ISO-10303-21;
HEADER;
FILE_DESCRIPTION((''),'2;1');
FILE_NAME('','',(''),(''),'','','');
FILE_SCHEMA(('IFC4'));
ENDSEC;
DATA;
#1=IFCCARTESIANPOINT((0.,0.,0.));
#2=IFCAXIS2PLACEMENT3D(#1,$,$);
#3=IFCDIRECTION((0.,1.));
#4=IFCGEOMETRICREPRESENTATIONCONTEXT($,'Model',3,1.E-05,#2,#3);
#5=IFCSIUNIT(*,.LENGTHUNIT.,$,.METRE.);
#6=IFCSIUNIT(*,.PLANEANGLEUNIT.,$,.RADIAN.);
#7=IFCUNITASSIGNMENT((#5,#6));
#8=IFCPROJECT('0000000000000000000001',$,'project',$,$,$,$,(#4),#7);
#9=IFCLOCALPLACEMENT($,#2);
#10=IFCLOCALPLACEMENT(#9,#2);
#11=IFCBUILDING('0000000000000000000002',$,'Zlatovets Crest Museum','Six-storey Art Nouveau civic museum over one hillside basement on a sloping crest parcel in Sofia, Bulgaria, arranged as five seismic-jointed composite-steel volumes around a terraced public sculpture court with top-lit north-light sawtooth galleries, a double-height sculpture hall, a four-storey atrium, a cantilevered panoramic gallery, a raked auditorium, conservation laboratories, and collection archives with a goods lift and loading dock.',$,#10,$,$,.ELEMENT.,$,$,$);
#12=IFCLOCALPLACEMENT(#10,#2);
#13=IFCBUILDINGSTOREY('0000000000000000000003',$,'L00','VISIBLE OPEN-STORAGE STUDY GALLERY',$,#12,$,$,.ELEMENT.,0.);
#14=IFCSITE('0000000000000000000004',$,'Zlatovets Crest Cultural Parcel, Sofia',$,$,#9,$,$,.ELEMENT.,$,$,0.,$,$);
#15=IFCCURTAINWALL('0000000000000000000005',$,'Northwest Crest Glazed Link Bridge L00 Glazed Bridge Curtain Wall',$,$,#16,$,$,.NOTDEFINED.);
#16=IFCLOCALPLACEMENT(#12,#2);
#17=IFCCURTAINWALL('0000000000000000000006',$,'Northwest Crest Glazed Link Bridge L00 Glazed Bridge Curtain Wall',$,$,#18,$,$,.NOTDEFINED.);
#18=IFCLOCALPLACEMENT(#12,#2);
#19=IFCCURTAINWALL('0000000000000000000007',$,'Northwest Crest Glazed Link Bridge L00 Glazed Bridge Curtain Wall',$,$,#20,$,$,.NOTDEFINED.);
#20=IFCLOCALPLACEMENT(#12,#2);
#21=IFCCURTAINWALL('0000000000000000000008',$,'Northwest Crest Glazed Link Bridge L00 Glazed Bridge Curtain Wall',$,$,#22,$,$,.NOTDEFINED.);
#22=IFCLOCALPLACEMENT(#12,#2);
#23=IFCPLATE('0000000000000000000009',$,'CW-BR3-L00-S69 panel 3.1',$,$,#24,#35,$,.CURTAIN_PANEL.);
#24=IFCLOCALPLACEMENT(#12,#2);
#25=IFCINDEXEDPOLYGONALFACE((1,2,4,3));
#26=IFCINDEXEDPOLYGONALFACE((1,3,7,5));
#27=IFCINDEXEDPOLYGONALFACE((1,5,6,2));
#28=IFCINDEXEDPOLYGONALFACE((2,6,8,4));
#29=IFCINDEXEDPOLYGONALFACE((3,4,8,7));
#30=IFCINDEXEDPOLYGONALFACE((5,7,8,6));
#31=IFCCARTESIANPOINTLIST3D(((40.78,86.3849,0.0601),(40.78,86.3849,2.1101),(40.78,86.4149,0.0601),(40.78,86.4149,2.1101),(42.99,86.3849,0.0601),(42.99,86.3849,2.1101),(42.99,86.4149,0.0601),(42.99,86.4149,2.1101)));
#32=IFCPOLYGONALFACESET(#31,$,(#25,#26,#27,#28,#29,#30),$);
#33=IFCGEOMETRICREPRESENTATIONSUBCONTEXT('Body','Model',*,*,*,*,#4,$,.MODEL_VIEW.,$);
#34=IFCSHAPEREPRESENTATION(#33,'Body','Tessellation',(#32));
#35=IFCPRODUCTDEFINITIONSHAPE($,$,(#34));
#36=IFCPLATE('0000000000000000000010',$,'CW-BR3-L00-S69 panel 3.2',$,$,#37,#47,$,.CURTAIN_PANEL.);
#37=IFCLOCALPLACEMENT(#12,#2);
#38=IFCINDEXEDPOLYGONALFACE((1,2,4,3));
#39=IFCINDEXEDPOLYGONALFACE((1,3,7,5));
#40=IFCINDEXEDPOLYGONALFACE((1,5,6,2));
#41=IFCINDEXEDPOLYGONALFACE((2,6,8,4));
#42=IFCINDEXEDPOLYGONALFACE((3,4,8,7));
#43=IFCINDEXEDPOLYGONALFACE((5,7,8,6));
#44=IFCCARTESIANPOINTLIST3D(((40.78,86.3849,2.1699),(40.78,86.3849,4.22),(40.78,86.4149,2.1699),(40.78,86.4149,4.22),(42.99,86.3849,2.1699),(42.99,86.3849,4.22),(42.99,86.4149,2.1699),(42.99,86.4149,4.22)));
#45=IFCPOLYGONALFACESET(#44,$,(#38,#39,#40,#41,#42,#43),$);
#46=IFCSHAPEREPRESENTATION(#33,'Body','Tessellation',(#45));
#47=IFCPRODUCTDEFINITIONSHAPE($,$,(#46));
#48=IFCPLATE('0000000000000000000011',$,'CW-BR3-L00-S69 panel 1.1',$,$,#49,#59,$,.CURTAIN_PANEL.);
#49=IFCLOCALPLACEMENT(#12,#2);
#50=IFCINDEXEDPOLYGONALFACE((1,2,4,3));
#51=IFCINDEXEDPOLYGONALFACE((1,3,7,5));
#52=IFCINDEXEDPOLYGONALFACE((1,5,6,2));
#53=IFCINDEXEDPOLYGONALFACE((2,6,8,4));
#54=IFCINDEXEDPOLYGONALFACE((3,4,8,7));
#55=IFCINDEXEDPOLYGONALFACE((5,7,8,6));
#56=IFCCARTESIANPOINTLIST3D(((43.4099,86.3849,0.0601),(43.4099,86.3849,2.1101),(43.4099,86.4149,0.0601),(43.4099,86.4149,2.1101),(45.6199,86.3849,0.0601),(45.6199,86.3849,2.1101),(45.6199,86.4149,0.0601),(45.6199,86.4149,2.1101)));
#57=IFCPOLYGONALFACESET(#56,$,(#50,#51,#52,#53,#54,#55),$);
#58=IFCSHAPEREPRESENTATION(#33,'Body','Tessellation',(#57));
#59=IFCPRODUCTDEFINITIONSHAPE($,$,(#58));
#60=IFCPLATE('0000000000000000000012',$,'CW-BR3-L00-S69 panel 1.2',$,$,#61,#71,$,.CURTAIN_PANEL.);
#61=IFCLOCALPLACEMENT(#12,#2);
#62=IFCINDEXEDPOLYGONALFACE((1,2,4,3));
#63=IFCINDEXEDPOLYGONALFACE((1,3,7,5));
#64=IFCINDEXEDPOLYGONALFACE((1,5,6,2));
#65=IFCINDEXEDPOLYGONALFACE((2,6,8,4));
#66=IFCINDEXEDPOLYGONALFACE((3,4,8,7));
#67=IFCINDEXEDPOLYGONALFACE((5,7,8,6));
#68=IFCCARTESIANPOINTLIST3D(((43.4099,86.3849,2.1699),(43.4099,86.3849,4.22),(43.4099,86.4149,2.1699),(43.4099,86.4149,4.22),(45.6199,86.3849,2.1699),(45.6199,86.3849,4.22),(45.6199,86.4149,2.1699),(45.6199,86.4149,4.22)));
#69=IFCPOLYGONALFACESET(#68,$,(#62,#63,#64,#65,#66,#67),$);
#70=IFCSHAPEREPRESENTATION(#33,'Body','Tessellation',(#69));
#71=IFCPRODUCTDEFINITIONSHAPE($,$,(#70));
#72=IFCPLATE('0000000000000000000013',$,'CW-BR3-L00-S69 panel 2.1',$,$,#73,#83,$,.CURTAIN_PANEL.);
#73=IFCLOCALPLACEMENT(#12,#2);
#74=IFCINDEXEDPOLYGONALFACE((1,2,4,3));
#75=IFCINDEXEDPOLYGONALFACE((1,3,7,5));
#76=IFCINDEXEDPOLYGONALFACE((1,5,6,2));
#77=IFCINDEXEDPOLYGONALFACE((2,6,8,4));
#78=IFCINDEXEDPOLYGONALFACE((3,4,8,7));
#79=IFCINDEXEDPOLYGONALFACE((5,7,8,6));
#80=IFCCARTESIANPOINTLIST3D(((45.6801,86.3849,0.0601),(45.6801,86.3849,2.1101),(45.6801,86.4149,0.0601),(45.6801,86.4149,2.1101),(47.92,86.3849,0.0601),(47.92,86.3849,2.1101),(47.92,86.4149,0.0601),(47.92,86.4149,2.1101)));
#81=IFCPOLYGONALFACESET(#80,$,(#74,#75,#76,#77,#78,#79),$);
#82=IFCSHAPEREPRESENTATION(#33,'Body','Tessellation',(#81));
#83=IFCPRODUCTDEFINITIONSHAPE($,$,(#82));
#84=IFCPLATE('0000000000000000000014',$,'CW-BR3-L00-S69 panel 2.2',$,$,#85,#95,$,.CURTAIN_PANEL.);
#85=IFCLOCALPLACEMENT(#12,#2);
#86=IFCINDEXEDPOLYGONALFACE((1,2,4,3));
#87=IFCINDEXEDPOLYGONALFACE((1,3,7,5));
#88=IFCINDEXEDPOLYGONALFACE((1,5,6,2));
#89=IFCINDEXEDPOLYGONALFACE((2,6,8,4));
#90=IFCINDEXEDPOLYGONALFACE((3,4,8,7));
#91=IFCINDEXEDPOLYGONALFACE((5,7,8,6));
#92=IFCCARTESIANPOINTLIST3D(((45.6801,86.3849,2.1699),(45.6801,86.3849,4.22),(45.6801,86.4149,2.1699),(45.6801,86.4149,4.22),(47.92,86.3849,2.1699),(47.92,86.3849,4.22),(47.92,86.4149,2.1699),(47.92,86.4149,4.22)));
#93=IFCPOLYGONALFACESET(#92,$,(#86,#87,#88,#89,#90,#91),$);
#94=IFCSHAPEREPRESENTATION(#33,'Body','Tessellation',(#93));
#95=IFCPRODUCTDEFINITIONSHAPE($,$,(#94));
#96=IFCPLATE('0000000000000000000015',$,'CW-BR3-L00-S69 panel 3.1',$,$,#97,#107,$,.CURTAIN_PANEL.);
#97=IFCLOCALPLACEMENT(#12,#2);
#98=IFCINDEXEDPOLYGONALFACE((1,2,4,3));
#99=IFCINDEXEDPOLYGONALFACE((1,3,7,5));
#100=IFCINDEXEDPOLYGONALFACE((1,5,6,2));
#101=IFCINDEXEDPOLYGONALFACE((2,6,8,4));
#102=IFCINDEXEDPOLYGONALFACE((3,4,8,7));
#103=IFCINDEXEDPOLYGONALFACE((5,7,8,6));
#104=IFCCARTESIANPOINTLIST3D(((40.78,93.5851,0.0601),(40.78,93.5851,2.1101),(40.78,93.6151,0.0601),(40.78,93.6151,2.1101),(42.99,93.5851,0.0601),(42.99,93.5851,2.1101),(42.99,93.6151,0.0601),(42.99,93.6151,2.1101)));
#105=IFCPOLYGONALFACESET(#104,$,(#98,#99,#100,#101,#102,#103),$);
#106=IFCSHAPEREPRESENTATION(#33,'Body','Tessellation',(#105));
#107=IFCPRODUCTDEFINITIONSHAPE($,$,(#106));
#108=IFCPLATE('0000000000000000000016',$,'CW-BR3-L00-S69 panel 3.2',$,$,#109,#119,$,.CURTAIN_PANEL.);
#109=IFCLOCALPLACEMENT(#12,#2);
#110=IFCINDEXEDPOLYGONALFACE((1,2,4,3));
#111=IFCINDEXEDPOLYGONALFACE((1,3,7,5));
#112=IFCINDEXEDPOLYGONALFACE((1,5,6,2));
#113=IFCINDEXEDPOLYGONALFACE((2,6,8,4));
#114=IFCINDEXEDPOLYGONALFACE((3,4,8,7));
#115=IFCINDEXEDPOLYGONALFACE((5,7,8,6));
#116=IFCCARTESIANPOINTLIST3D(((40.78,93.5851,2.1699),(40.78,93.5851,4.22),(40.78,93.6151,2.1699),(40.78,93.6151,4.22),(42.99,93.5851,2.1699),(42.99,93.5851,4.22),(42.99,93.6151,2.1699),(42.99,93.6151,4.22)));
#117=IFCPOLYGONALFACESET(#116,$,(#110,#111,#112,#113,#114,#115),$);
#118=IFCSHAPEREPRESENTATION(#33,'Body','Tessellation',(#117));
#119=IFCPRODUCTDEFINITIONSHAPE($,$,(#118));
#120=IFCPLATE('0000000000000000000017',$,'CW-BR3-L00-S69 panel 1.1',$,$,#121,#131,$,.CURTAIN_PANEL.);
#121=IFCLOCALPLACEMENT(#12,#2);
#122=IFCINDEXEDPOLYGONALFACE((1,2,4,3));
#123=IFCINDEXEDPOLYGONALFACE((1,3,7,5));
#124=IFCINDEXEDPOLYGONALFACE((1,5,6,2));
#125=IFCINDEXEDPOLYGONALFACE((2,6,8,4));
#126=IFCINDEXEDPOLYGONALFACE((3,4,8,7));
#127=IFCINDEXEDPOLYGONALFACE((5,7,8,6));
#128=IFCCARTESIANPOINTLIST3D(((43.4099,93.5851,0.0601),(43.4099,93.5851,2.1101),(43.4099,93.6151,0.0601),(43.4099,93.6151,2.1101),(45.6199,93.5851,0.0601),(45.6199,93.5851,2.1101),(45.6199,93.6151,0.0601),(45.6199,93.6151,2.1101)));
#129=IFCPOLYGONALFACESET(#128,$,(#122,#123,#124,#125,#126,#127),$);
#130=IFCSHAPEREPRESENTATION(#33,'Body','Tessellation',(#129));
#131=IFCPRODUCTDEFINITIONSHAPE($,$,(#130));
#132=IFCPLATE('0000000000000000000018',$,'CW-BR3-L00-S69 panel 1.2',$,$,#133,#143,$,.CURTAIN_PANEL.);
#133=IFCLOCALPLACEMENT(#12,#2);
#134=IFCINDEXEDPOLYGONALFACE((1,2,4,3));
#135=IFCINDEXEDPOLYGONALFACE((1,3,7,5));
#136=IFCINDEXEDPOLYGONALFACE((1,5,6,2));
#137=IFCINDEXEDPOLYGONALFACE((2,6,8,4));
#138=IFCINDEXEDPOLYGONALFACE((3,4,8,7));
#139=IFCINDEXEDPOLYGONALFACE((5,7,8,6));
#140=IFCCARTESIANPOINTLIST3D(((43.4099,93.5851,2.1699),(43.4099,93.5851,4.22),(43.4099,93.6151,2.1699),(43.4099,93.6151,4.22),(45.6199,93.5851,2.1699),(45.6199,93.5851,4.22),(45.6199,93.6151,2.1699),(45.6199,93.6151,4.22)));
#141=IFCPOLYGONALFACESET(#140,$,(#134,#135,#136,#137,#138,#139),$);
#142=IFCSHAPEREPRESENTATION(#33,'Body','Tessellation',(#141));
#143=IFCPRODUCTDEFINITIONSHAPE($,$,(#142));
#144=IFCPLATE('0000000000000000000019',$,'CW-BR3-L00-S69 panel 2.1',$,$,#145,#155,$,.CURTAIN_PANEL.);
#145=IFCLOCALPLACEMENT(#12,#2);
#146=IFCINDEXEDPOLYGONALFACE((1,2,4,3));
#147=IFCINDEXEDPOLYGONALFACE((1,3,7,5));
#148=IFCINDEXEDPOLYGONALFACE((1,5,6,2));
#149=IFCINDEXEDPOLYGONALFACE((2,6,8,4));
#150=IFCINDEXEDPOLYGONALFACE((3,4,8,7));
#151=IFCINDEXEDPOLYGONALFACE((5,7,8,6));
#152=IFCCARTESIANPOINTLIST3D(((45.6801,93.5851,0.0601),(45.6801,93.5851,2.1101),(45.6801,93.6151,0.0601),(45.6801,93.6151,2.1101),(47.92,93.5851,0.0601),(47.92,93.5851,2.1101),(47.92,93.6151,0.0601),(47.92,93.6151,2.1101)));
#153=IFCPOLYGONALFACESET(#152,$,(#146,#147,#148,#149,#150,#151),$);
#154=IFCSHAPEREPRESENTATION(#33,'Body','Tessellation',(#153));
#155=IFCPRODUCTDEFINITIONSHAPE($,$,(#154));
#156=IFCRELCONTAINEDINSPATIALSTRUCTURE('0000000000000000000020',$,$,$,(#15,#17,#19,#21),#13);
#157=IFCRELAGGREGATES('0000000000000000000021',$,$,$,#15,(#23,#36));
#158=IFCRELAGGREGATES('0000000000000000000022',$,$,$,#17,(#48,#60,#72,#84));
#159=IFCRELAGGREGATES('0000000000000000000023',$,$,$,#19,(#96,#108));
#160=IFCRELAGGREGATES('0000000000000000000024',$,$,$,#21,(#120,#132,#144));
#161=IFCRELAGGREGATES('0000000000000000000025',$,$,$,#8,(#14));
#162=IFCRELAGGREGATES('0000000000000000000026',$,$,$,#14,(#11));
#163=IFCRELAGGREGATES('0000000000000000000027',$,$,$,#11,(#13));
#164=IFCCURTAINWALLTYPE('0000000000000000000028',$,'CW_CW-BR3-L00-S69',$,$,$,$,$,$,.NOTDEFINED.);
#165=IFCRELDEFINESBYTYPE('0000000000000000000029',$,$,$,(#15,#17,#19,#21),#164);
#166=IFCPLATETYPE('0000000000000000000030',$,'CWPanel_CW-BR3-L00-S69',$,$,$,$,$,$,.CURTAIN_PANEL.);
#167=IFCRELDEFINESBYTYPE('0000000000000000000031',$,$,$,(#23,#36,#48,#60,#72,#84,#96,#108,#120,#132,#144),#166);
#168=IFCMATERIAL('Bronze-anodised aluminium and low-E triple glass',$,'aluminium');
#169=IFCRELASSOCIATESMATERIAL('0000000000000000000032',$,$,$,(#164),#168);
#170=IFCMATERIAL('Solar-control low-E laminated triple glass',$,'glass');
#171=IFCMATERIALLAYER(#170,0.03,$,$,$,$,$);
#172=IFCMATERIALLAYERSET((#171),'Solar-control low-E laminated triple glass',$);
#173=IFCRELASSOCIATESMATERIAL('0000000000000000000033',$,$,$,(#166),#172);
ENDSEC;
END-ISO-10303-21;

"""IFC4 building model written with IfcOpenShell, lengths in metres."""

from ifc_helpers import new_model, si_unit, direction, frame, origin, origin_2d, place, context, subcontext, project, spatial, rectangle, extrude, material, layer, layer_set, type_object, element, aggregate, save


model = new_model("IFC4")

# Units and contexts
model_context = context("Model", 3, precision=1e-05, world=origin(), true_north=direction((0.0, 1.0)))
body_context = subcontext(model_context, "Body", "Model", "MODEL_VIEW")
ifc_project = project(units=[si_unit("LENGTHUNIT", "METRE"), si_unit("PLANEANGLEUNIT", "RADIAN")], contexts=[model_context])

# Site, building, storey
site_placement = place(None, origin())
site = spatial("IfcSite", under=ifc_project, at=site_placement, Name="Zlatovets Crest Cultural Parcel, Sofia", CompositionType="ELEMENT", RefElevation=0.0)
building_placement = place(site_placement, origin())
building = spatial("IfcBuilding", under=site, at=building_placement, Name="Zlatovets Crest Museum", Description="Six-storey Art Nouveau civic museum over one hillside basement on a sloping crest parcel in Sofia, Bulgaria, arranged as five seismic-jointed composite-steel volumes around a terraced public sculpture court with top-lit north-light sawtooth galleries, a double-height sculpture hall, a four-storey atrium, a cantilevered panoramic gallery, a raked auditorium, conservation laboratories, and collection archives with a goods lift and loading dock.", CompositionType="ELEMENT")
storey_placement = place(building_placement, origin())
storey = spatial("IfcBuildingStorey", under=building, at=storey_placement, Name="L00", Description="VISIBLE OPEN-STORAGE STUDY GALLERY", CompositionType="ELEMENT", Elevation=0.0)

# Curtain wall
ifc_material_1 = material(Name="Bronze-anodised aluminium and low-E triple glass", Category="aluminium")
curtain_wall_type = type_object("IfcCurtainWallType", Name="CW_CW-BR3-L00-S69", PredefinedType="NOTDEFINED", material=ifc_material_1)
curtain_wall_1_placement = place(storey_placement, origin())
curtain_wall_1 = element("IfcCurtainWall", 1, at=curtain_wall_1_placement, inside=storey, type_object=curtain_wall_type, Name="Northwest Crest Glazed Link Bridge L00 Glazed Bridge Curtain Wall", PredefinedType="NOTDEFINED")

# Curtain wall
curtain_wall_2_placement = place(storey_placement, origin())
curtain_wall_2 = element("IfcCurtainWall", 2, at=curtain_wall_2_placement, inside=storey, type_object=curtain_wall_type, Name="Northwest Crest Glazed Link Bridge L00 Glazed Bridge Curtain Wall", PredefinedType="NOTDEFINED")

# Curtain wall
curtain_wall_3_placement = place(storey_placement, origin())
curtain_wall_3 = element("IfcCurtainWall", 3, at=curtain_wall_3_placement, inside=storey, type_object=curtain_wall_type, Name="Northwest Crest Glazed Link Bridge L00 Glazed Bridge Curtain Wall", PredefinedType="NOTDEFINED")

# Curtain wall
curtain_wall_4_placement = place(storey_placement, origin())
curtain_wall_4 = element("IfcCurtainWall", 4, at=curtain_wall_4_placement, inside=storey, type_object=curtain_wall_type, Name="Northwest Crest Glazed Link Bridge L00 Glazed Bridge Curtain Wall", PredefinedType="NOTDEFINED")

# Plates
ifc_material_2 = material(Name="Solar-control low-E laminated triple glass", Category="glass")
ifc_layer = layer(ifc_material_2, 0.03)
ifc_layer_set = layer_set([ifc_layer], Name="Solar-control low-E laminated triple glass")
plate_type = type_object("IfcPlateType", Name="CWPanel_CW-BR3-L00-S69", PredefinedType="CURTAIN_PANEL", material=ifc_layer_set)
plate_1_placement = place(storey_placement, frame((41.885, 86.3999, 0.0601), z_axis=(0.0, 0.0, 1.0), x_axis=(1.0, 0.0, 0.0)))
plate_1 = element("IfcPlate", 5, at=plate_1_placement, type_object=plate_type, Name="CW-BR3-L00-S69 panel 3.1", PredefinedType="CURTAIN_PANEL", context=body_context, shape_type="SweptSolid", body=[
    extrude(rectangle(XDim=2.21, YDim=0.03, at=origin_2d()), origin(), (0.0, 0.0, 1.0), 2.05),
])
plate_2_placement = place(storey_placement, frame((41.885, 86.3999, 2.1699), z_axis=(0.0, 0.0, 1.0), x_axis=(1.0, 0.0, 0.0)))
plate_2 = element("IfcPlate", 6, at=plate_2_placement, type_object=plate_type, Name="CW-BR3-L00-S69 panel 3.2", PredefinedType="CURTAIN_PANEL", context=body_context, shape_type="SweptSolid", body=[
    extrude(rectangle(XDim=2.21, YDim=0.03, at=origin_2d()), origin(), (0.0, 0.0, 1.0), 2.05),
])
aggregate(curtain_wall_1, [plate_1, plate_2])
plate_3_placement = place(storey_placement, frame((44.5149, 86.3999, 0.0601), z_axis=(0.0, 0.0, 1.0), x_axis=(1.0, 0.0, 0.0)))
plate_3 = element("IfcPlate", 7, at=plate_3_placement, type_object=plate_type, Name="CW-BR3-L00-S69 panel 1.1", PredefinedType="CURTAIN_PANEL", context=body_context, shape_type="SweptSolid", body=[
    extrude(rectangle(XDim=2.21, YDim=0.03, at=origin_2d()), origin(), (0.0, 0.0, 1.0), 2.05),
])
plate_4_placement = place(storey_placement, frame((44.5149, 86.3999, 2.1699), z_axis=(0.0, 0.0, 1.0), x_axis=(1.0, 0.0, 0.0)))
plate_4 = element("IfcPlate", 8, at=plate_4_placement, type_object=plate_type, Name="CW-BR3-L00-S69 panel 1.2", PredefinedType="CURTAIN_PANEL", context=body_context, shape_type="SweptSolid", body=[
    extrude(rectangle(XDim=2.21, YDim=0.03, at=origin_2d()), origin(), (0.0, 0.0, 1.0), 2.05),
])
plate_5_placement = place(storey_placement, frame((46.8, 86.3999, 0.0601), z_axis=(0.0, 0.0, 1.0), x_axis=(1.0, 0.0, 0.0)))
plate_5 = element("IfcPlate", 9, at=plate_5_placement, type_object=plate_type, Name="CW-BR3-L00-S69 panel 2.1", PredefinedType="CURTAIN_PANEL", context=body_context, shape_type="SweptSolid", body=[
    extrude(rectangle(XDim=2.24, YDim=0.03, at=origin_2d()), origin(), (0.0, 0.0, 1.0), 2.05),
])
plate_6_placement = place(storey_placement, frame((46.8, 86.3999, 2.1699), z_axis=(0.0, 0.0, 1.0), x_axis=(1.0, 0.0, 0.0)))
plate_6 = element("IfcPlate", 10, at=plate_6_placement, type_object=plate_type, Name="CW-BR3-L00-S69 panel 2.2", PredefinedType="CURTAIN_PANEL", context=body_context, shape_type="SweptSolid", body=[
    extrude(rectangle(XDim=2.24, YDim=0.03, at=origin_2d()), origin(), (0.0, 0.0, 1.0), 2.05),
])
aggregate(curtain_wall_2, [plate_3, plate_4, plate_5, plate_6])
plate_7_placement = place(storey_placement, frame((41.885, 93.6001, 0.0601), z_axis=(0.0, 0.0, 1.0), x_axis=(1.0, 0.0, 0.0)))
plate_7 = element("IfcPlate", 11, at=plate_7_placement, type_object=plate_type, Name="CW-BR3-L00-S69 panel 3.1", PredefinedType="CURTAIN_PANEL", context=body_context, shape_type="SweptSolid", body=[
    extrude(rectangle(XDim=2.21, YDim=0.03, at=origin_2d()), origin(), (0.0, 0.0, 1.0), 2.05),
])
plate_8_placement = place(storey_placement, frame((41.885, 93.6001, 2.1699), z_axis=(0.0, 0.0, 1.0), x_axis=(1.0, 0.0, 0.0)))
plate_8 = element("IfcPlate", 12, at=plate_8_placement, type_object=plate_type, Name="CW-BR3-L00-S69 panel 3.2", PredefinedType="CURTAIN_PANEL", context=body_context, shape_type="SweptSolid", body=[
    extrude(rectangle(XDim=2.21, YDim=0.03, at=origin_2d()), origin(), (0.0, 0.0, 1.0), 2.05),
])
aggregate(curtain_wall_3, [plate_7, plate_8])
plate_9_placement = place(storey_placement, frame((44.5149, 93.6001, 0.0601), z_axis=(0.0, 0.0, 1.0), x_axis=(1.0, 0.0, 0.0)))
plate_9 = element("IfcPlate", 13, at=plate_9_placement, type_object=plate_type, Name="CW-BR3-L00-S69 panel 1.1", PredefinedType="CURTAIN_PANEL", context=body_context, shape_type="SweptSolid", body=[
    extrude(rectangle(XDim=2.21, YDim=0.03, at=origin_2d()), origin(), (0.0, 0.0, 1.0), 2.05),
])
plate_10_placement = place(storey_placement, frame((44.5149, 93.6001, 2.1699), z_axis=(0.0, 0.0, 1.0), x_axis=(1.0, 0.0, 0.0)))
plate_10 = element("IfcPlate", 14, at=plate_10_placement, type_object=plate_type, Name="CW-BR3-L00-S69 panel 1.2", PredefinedType="CURTAIN_PANEL", context=body_context, shape_type="SweptSolid", body=[
    extrude(rectangle(XDim=2.21, YDim=0.03, at=origin_2d()), origin(), (0.0, 0.0, 1.0), 2.05),
])
plate_11_placement = place(storey_placement, frame((46.8, 93.6001, 0.0601), z_axis=(0.0, 0.0, 1.0), x_axis=(1.0, 0.0, 0.0)))
plate_11 = element("IfcPlate", 15, at=plate_11_placement, type_object=plate_type, Name="CW-BR3-L00-S69 panel 2.1", PredefinedType="CURTAIN_PANEL", context=body_context, shape_type="SweptSolid", body=[
    extrude(rectangle(XDim=2.24, YDim=0.03, at=origin_2d()), origin(), (0.0, 0.0, 1.0), 2.05),
])
aggregate(curtain_wall_4, [plate_9, plate_10, plate_11])

save(model, "model.ifc")
